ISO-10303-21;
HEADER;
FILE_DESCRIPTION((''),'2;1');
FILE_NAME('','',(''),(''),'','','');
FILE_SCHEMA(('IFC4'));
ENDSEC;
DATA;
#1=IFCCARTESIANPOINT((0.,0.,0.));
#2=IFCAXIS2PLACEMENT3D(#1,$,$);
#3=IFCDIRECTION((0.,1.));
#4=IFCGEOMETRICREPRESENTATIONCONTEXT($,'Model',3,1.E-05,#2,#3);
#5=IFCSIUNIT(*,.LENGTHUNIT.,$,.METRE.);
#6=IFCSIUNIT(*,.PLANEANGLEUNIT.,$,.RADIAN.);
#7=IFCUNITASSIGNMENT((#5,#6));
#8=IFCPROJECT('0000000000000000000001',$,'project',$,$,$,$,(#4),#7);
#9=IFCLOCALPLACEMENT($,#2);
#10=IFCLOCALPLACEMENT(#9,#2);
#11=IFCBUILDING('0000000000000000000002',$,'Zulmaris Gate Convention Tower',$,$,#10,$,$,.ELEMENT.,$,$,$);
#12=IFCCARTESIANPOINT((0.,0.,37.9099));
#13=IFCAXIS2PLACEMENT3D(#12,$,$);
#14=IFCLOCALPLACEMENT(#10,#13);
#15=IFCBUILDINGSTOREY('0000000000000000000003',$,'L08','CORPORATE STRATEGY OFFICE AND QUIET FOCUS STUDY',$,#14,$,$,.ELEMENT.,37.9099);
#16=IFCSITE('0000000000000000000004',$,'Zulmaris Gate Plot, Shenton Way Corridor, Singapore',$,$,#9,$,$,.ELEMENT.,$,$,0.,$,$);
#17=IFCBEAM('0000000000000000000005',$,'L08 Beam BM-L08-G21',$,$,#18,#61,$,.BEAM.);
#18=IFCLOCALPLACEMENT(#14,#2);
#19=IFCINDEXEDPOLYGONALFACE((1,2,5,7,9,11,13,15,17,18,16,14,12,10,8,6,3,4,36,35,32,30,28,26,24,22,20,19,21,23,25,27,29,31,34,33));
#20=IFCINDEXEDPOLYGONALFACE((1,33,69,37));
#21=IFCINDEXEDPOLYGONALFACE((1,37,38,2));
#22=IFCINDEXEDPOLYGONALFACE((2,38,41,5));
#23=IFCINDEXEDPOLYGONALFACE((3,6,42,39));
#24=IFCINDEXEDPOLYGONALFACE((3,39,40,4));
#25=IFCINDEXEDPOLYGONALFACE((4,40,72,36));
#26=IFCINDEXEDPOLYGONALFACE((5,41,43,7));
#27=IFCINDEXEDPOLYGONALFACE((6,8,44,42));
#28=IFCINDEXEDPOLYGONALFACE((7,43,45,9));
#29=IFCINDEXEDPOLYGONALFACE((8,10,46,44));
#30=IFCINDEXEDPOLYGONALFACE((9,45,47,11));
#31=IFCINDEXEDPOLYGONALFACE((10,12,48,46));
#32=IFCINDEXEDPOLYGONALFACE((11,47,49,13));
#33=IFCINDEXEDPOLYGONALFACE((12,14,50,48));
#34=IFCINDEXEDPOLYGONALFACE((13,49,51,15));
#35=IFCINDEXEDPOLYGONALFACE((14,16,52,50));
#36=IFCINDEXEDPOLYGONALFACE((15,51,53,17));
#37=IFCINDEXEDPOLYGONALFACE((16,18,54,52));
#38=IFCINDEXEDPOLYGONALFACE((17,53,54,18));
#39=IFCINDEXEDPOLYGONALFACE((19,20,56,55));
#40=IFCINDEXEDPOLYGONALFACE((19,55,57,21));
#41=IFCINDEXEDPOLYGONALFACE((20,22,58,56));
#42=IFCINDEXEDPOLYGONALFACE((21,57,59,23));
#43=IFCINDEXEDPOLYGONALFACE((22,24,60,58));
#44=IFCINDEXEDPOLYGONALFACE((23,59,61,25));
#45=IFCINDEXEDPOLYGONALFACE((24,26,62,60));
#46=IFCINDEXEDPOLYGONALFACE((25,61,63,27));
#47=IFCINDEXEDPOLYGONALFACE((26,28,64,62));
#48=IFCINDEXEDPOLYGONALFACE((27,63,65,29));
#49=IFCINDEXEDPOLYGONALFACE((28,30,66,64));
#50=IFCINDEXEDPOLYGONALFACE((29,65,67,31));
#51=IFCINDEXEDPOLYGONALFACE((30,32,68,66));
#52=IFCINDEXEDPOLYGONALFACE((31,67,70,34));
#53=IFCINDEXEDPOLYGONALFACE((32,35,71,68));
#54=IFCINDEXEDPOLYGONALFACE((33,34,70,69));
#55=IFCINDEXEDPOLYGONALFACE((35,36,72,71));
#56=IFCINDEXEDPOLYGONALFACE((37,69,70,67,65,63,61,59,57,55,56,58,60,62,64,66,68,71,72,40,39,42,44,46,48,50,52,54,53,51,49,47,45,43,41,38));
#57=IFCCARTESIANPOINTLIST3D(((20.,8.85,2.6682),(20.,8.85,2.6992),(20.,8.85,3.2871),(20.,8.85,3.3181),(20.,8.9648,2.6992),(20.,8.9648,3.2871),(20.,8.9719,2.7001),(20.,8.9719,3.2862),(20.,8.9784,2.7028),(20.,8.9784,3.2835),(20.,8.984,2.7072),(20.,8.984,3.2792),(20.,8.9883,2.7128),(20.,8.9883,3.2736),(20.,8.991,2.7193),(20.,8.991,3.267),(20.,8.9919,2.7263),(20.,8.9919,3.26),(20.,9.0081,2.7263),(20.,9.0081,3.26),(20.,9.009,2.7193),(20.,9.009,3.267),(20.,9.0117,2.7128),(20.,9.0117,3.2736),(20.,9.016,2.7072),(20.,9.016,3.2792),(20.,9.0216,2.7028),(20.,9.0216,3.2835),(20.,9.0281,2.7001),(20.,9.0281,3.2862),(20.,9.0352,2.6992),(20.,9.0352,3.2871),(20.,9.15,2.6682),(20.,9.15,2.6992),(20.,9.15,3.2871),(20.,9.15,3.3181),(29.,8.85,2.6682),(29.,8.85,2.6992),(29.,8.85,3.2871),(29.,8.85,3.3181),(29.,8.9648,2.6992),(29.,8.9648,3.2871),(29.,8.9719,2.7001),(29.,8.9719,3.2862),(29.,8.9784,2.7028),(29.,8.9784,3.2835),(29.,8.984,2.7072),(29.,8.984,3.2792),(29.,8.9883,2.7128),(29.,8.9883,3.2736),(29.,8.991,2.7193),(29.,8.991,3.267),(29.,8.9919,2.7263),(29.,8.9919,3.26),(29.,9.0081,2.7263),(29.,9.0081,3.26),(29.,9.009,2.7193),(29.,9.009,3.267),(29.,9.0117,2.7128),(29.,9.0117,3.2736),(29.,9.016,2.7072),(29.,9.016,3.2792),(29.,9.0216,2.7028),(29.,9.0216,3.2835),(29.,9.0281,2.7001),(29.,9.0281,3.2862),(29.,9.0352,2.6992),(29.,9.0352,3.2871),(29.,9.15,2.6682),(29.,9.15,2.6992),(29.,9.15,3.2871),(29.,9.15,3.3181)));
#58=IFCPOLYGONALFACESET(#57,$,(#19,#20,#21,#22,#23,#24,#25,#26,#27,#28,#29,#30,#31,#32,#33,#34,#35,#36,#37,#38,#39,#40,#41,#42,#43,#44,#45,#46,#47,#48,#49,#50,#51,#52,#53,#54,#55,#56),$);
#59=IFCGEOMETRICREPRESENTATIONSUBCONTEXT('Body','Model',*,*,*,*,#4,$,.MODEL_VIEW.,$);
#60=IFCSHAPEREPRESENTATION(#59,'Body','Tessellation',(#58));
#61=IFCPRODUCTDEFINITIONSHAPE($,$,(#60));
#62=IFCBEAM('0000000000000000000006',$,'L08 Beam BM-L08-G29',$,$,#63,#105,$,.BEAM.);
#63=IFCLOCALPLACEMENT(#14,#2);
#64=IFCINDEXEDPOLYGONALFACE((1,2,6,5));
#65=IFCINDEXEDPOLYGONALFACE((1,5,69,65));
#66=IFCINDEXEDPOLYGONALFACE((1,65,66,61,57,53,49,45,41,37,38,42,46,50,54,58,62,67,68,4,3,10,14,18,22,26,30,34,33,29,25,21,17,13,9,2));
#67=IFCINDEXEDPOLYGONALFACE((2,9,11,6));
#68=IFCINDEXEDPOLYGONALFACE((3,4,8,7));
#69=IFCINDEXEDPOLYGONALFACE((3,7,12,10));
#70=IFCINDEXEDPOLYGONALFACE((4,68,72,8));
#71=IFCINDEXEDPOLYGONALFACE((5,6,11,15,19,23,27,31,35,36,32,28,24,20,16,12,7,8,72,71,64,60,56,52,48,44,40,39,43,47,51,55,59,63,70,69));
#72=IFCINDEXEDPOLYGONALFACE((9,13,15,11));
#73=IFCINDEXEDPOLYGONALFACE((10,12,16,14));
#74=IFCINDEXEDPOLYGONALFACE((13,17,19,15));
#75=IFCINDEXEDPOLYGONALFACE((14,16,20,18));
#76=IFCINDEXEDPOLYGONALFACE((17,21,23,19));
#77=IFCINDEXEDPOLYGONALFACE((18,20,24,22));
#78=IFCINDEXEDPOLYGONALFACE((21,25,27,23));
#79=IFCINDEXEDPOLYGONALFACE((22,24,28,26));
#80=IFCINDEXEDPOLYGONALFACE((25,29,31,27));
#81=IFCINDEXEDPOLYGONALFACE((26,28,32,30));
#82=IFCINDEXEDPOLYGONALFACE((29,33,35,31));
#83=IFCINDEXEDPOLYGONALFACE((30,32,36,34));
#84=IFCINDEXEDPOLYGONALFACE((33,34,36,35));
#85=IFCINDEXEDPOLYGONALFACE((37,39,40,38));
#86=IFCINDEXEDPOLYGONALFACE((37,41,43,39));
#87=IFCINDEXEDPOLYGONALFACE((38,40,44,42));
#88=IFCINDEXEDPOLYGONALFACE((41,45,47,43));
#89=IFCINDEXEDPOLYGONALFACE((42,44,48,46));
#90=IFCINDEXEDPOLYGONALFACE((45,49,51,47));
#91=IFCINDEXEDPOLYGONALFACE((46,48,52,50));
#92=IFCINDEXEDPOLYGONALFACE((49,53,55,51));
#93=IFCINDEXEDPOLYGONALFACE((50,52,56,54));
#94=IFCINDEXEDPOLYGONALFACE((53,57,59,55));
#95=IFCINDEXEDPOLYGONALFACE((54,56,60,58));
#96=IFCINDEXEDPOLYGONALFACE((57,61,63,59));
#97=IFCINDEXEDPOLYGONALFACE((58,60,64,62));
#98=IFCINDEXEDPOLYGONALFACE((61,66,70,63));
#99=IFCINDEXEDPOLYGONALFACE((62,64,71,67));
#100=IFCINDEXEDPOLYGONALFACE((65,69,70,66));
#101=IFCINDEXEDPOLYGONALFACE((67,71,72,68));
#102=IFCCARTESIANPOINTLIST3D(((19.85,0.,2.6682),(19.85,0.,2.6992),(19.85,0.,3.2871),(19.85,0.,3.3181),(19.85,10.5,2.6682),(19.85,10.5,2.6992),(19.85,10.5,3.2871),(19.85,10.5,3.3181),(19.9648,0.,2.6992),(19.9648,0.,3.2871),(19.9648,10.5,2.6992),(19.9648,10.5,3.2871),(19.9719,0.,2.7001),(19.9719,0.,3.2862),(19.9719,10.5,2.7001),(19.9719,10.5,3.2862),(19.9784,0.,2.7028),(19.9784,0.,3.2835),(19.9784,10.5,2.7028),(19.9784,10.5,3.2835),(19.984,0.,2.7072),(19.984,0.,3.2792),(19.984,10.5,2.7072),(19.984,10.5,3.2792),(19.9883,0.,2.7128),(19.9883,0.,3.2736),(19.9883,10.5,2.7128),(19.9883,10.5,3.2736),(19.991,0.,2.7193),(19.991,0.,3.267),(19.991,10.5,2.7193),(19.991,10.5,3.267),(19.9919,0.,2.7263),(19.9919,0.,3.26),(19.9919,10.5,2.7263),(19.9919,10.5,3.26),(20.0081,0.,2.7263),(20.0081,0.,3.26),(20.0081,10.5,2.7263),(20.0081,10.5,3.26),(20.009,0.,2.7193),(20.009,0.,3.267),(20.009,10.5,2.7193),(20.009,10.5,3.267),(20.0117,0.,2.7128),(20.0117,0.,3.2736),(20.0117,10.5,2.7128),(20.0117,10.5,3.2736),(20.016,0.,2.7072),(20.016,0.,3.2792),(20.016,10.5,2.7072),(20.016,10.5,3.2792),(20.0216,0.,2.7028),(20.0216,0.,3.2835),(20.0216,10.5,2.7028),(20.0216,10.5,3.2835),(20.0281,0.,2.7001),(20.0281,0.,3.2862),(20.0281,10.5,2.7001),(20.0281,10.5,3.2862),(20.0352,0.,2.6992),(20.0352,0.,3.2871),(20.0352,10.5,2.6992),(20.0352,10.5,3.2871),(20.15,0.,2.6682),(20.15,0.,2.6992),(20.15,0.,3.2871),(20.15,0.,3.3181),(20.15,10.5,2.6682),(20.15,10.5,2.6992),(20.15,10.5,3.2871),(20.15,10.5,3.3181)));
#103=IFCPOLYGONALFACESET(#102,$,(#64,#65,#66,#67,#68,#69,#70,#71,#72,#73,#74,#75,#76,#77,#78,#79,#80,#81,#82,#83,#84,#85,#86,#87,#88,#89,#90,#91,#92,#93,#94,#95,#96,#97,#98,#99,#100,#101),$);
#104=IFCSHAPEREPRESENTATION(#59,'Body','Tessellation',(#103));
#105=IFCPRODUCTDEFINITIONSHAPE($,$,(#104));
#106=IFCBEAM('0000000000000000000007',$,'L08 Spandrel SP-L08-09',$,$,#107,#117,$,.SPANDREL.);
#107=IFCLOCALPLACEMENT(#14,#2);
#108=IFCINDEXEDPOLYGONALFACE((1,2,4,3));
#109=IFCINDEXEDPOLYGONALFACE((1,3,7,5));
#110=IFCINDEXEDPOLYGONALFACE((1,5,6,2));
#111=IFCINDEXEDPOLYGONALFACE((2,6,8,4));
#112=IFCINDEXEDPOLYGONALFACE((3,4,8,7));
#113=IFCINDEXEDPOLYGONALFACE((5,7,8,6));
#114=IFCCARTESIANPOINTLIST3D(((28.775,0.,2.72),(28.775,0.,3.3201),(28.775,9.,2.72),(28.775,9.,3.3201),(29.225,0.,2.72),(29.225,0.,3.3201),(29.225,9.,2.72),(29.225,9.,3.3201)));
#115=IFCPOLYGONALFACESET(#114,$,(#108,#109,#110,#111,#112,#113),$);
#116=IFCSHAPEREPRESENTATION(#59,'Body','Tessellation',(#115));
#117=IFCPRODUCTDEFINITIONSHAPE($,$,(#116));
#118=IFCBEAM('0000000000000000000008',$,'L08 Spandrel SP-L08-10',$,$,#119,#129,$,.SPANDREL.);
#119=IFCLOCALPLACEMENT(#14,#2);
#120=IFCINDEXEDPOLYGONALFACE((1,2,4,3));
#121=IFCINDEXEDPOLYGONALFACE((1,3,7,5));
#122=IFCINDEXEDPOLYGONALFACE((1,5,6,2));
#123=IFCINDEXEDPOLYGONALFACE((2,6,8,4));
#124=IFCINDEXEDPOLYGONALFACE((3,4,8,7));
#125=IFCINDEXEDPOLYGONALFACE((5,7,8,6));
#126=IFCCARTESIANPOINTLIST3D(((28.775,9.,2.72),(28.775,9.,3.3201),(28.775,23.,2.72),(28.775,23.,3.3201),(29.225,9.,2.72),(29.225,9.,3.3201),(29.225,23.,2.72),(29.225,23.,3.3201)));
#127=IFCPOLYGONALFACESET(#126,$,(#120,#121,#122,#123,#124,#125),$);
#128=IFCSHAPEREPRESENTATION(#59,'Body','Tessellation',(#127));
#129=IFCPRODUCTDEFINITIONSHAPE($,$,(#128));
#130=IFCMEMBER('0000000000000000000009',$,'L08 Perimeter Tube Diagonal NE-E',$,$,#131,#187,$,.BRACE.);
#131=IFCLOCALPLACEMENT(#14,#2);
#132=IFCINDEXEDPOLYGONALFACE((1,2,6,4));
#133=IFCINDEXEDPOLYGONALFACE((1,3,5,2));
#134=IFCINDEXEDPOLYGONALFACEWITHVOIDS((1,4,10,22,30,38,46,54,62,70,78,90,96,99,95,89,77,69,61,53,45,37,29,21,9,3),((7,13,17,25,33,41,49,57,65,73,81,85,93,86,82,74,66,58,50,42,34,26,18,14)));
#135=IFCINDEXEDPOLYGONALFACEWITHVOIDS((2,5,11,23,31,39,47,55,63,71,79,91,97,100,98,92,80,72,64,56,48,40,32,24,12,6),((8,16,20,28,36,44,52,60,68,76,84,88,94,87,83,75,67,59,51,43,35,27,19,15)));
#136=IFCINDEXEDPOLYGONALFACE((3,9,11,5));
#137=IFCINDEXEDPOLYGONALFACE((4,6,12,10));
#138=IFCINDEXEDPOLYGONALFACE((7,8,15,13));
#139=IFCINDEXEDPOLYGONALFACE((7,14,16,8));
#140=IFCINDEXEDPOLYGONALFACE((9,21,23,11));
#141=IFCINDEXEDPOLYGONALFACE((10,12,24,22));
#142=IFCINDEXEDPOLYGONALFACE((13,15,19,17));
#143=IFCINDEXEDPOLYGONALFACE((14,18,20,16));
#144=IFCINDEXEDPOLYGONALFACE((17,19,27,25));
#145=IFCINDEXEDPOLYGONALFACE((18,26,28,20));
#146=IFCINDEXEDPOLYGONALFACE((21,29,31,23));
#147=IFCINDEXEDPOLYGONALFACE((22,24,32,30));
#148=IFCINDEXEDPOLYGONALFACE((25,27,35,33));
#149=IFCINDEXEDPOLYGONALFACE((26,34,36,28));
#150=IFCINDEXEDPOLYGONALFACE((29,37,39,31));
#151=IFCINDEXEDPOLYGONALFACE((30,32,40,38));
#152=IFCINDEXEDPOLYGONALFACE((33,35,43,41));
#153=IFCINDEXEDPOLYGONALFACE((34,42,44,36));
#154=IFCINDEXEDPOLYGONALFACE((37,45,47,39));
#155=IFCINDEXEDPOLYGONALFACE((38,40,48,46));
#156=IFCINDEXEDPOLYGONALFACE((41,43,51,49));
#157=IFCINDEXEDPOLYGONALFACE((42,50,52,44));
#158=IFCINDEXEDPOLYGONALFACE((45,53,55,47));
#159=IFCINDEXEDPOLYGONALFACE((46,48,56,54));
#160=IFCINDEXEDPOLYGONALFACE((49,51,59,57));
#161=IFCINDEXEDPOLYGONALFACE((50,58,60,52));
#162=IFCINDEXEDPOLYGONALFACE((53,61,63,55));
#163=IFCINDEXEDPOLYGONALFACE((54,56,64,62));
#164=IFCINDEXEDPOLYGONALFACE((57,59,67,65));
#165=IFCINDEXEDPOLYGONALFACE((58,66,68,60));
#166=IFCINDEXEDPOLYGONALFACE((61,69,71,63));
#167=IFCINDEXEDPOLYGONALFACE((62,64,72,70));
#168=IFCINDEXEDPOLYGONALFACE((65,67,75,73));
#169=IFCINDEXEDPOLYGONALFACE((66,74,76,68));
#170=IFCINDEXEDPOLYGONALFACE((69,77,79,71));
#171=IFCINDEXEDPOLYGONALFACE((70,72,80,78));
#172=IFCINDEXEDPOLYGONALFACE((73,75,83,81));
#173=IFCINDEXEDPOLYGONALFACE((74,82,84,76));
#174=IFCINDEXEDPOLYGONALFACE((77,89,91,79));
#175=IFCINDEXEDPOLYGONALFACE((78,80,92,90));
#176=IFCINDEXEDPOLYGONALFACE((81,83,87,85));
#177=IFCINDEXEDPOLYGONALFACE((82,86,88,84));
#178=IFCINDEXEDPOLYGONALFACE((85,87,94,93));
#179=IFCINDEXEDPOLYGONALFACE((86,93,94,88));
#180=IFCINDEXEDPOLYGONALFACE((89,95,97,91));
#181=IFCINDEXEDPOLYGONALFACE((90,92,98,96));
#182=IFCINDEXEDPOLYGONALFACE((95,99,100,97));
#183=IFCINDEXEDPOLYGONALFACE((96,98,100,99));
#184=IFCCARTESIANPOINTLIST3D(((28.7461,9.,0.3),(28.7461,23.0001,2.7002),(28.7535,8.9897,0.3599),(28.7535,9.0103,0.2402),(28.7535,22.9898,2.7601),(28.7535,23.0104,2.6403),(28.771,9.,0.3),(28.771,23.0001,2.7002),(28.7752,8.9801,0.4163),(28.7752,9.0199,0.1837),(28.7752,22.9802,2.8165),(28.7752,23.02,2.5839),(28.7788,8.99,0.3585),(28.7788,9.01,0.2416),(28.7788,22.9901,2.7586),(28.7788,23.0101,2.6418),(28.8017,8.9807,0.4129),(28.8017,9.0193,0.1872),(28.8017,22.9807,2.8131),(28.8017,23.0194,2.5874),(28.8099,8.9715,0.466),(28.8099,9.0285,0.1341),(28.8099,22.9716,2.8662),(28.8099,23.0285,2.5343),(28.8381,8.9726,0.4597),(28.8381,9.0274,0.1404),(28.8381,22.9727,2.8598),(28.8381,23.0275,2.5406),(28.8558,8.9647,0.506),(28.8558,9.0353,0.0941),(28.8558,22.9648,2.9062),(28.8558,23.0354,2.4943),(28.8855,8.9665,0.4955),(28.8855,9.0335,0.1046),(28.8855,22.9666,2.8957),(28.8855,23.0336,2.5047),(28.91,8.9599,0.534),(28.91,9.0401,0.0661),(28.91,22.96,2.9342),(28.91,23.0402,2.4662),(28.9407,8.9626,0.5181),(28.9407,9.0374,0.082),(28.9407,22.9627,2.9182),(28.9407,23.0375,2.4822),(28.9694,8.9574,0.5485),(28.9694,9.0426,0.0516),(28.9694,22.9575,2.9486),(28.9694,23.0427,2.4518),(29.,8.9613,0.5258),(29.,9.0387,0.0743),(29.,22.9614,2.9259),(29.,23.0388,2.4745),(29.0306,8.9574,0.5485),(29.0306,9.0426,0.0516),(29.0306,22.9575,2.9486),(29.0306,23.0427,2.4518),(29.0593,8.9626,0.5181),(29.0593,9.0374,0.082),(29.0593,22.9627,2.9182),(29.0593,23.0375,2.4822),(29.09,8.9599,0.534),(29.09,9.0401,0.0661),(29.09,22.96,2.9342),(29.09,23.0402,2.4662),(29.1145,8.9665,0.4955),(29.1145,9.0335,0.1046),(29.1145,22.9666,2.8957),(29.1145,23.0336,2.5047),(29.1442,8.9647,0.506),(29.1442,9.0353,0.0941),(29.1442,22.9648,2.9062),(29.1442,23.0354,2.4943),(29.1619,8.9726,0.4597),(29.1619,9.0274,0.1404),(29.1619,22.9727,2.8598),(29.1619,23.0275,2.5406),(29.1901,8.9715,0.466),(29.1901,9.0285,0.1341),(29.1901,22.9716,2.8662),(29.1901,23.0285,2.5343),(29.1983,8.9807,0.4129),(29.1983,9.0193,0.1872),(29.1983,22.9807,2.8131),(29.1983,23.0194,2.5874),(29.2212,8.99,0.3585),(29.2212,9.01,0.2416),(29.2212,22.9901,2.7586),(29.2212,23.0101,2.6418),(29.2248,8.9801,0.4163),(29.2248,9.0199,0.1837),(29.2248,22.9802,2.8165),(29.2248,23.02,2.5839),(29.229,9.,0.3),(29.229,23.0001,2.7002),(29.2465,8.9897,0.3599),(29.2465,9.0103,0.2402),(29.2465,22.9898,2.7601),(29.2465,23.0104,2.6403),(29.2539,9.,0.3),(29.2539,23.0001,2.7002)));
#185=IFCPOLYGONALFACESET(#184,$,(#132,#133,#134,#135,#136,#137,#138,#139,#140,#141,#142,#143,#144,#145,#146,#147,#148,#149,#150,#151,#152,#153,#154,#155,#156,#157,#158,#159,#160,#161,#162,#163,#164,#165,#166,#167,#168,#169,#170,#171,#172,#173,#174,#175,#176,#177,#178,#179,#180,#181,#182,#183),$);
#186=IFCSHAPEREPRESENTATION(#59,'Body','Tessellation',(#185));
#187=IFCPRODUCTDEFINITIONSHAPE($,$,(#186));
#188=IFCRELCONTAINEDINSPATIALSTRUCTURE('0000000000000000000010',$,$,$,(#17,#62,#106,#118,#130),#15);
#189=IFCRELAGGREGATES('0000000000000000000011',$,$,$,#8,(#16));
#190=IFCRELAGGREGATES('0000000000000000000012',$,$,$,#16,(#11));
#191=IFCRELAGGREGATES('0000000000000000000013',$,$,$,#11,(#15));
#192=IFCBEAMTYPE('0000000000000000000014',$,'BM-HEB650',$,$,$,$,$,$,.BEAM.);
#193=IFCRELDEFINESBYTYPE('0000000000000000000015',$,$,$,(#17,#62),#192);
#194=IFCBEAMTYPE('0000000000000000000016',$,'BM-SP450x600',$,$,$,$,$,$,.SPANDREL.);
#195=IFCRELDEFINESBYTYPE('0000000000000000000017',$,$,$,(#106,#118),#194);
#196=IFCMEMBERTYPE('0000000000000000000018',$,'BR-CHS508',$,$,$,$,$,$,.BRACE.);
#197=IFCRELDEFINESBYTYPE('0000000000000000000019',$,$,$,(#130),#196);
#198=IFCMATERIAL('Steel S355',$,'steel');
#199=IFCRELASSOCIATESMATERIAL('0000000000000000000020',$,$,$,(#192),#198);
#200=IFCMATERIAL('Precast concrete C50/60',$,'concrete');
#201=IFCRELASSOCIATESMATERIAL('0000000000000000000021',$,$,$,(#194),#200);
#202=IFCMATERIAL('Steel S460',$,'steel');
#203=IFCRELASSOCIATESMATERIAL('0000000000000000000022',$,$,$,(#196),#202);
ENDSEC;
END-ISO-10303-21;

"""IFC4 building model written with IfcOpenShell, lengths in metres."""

from ifc_helpers import new_model, si_unit, direction, frame, origin, origin_2d, place, context, subcontext, project, spatial, rectangle, hollow_circle, i_section, extrude, material, material_profile, profile_set, type_object, element, save


model = new_model("IFC4")

# Units and contexts
model_context = context("Model", 3, precision=1e-05, world=origin(), true_north=direction((0.0, 1.0)))
body_context = subcontext(model_context, "Body", "Model", "MODEL_VIEW")
ifc_project = project(units=[si_unit("LENGTHUNIT", "METRE"), si_unit("PLANEANGLEUNIT", "RADIAN")], contexts=[model_context])

# Site, building, storey
site_placement = place(None, origin())
site = spatial("IfcSite", under=ifc_project, at=site_placement, Name="Zulmaris Gate Plot, Shenton Way Corridor, Singapore", CompositionType="ELEMENT", RefElevation=0.0)
building_placement = place(site_placement, origin())
building = spatial("IfcBuilding", under=site, at=building_placement, Name="Zulmaris Gate Convention Tower", CompositionType="ELEMENT")
storey_placement = place(building_placement, frame((0.0, 0.0, 37.9099)))
storey = spatial("IfcBuildingStorey", under=building, at=storey_placement, Name="L08", Description="CORPORATE STRATEGY OFFICE AND QUIET FOCUS STUDY", CompositionType="ELEMENT", Elevation=37.9099)

# Beams
ifc_material_1 = material(Name="Steel S355", Category="steel")
ifc_material_profile_1 = material_profile(ifc_material_1, i_section(OverallWidth=0.3, OverallDepth=0.6499, WebThickness=0.0161, FlangeThickness=0.031, FilletRadius=0.0271, at=origin_2d()), Name="HEB 650")
ifc_profile_set_1 = profile_set([ifc_material_profile_1], Name="Steel S355")
beam_type_1 = type_object("IfcBeamType", Name="BM-HEB650", PredefinedType="BEAM", material=ifc_profile_set_1)
for number, where, z_axis, x_axis, name in (
    (1, (20.0, 9.0, 2.9932), (1.0, 0.0, 0.0), (0.0, 1.0, 0.0), "L08 Beam BM-L08-G21"),
):
    element("IfcBeam", number, at=place(storey_placement, frame(where, z_axis=z_axis, x_axis=x_axis)), inside=storey, type_object=beam_type_1, Name=name, PredefinedType="BEAM", context=body_context, shape_type="SweptSolid", body=[
        extrude(i_section(OverallWidth=0.3, OverallDepth=0.6499, WebThickness=0.0161, FlangeThickness=0.031, FilletRadius=0.0271, at=origin_2d()), origin(), (0.0, 0.0, 1.0), 9.0),
    ])
beam_1_placement = place(storey_placement, frame((20.0, 0.0, 2.9932), z_axis=(0.0, 1.0, 0.0), x_axis=(-1.0, 0.0, 0.0)))
element("IfcBeam", 2, at=beam_1_placement, inside=storey, type_object=beam_type_1, Name="L08 Beam BM-L08-G29", PredefinedType="BEAM", context=body_context, shape_type="SweptSolid", body=[
    extrude(i_section(OverallWidth=0.3, OverallDepth=0.6499, WebThickness=0.0161, FlangeThickness=0.031, FilletRadius=0.0271, at=origin_2d()), origin(), (0.0, 0.0, 1.0), 10.5),
])
ifc_material_2 = material(Name="Precast concrete C50/60", Category="concrete")
ifc_material_profile_2 = material_profile(ifc_material_2, rectangle(XDim=0.45, YDim=0.6001, at=origin_2d()), Name="RC SPANDREL 450x600")
ifc_profile_set_2 = profile_set([ifc_material_profile_2], Name="Precast concrete C50/60")
beam_type_2 = type_object("IfcBeamType", Name="BM-SP450x600", PredefinedType="SPANDREL", material=ifc_profile_set_2)
beam_2_placement = place(storey_placement, frame((29.0, 0.0, 3.02), z_axis=(0.0, 1.0, 0.0), x_axis=(-1.0, 0.0, 0.0)))
element("IfcBeam", 3, at=beam_2_placement, inside=storey, type_object=beam_type_2, Name="L08 Spandrel SP-L08-09", PredefinedType="SPANDREL", context=body_context, shape_type="SweptSolid", body=[
    extrude(rectangle(XDim=0.45, YDim=0.6001, at=origin_2d()), origin(), (0.0, 0.0, 1.0), 9.0),
])
beam_3_placement = place(storey_placement, frame((29.0, 9.0, 3.02), z_axis=(0.0, 1.0, 0.0), x_axis=(-1.0, 0.0, 0.0)))
element("IfcBeam", 4, at=beam_3_placement, inside=storey, type_object=beam_type_2, Name="L08 Spandrel SP-L08-10", PredefinedType="SPANDREL", context=body_context, shape_type="SweptSolid", body=[
    extrude(rectangle(XDim=0.45, YDim=0.6001, at=origin_2d()), origin(), (0.0, 0.0, 1.0), 14.0),
])

# Member
ifc_material_3 = material(Name="Steel S460", Category="steel")
ifc_material_profile_3 = material_profile(ifc_material_3, hollow_circle(Radius=0.2539, WallThickness=0.0249, at=origin_2d()), Name="CHS 508x25")
ifc_profile_set_3 = profile_set([ifc_material_profile_3], Name="Steel S460")
member_type = type_object("IfcMemberType", Name="BR-CHS508", PredefinedType="BRACE", material=ifc_profile_set_3)
member_placement = place(storey_placement, frame((29.0, 9.0, 0.3), z_axis=(0.0, 0.985621, 0.168974), x_axis=(-1.0, 0.0, 0.0)))
element("IfcMember", 5, at=member_placement, inside=storey, type_object=member_type, Name="L08 Perimeter Tube Diagonal NE-E", PredefinedType="BRACE", context=body_context, shape_type="SweptSolid", body=[
    extrude(hollow_circle(Radius=0.2539, WallThickness=0.0249, at=origin_2d()), origin(), (0.0, 0.0, 1.0), 14.2043),
])

save(model, "model.ifc")
